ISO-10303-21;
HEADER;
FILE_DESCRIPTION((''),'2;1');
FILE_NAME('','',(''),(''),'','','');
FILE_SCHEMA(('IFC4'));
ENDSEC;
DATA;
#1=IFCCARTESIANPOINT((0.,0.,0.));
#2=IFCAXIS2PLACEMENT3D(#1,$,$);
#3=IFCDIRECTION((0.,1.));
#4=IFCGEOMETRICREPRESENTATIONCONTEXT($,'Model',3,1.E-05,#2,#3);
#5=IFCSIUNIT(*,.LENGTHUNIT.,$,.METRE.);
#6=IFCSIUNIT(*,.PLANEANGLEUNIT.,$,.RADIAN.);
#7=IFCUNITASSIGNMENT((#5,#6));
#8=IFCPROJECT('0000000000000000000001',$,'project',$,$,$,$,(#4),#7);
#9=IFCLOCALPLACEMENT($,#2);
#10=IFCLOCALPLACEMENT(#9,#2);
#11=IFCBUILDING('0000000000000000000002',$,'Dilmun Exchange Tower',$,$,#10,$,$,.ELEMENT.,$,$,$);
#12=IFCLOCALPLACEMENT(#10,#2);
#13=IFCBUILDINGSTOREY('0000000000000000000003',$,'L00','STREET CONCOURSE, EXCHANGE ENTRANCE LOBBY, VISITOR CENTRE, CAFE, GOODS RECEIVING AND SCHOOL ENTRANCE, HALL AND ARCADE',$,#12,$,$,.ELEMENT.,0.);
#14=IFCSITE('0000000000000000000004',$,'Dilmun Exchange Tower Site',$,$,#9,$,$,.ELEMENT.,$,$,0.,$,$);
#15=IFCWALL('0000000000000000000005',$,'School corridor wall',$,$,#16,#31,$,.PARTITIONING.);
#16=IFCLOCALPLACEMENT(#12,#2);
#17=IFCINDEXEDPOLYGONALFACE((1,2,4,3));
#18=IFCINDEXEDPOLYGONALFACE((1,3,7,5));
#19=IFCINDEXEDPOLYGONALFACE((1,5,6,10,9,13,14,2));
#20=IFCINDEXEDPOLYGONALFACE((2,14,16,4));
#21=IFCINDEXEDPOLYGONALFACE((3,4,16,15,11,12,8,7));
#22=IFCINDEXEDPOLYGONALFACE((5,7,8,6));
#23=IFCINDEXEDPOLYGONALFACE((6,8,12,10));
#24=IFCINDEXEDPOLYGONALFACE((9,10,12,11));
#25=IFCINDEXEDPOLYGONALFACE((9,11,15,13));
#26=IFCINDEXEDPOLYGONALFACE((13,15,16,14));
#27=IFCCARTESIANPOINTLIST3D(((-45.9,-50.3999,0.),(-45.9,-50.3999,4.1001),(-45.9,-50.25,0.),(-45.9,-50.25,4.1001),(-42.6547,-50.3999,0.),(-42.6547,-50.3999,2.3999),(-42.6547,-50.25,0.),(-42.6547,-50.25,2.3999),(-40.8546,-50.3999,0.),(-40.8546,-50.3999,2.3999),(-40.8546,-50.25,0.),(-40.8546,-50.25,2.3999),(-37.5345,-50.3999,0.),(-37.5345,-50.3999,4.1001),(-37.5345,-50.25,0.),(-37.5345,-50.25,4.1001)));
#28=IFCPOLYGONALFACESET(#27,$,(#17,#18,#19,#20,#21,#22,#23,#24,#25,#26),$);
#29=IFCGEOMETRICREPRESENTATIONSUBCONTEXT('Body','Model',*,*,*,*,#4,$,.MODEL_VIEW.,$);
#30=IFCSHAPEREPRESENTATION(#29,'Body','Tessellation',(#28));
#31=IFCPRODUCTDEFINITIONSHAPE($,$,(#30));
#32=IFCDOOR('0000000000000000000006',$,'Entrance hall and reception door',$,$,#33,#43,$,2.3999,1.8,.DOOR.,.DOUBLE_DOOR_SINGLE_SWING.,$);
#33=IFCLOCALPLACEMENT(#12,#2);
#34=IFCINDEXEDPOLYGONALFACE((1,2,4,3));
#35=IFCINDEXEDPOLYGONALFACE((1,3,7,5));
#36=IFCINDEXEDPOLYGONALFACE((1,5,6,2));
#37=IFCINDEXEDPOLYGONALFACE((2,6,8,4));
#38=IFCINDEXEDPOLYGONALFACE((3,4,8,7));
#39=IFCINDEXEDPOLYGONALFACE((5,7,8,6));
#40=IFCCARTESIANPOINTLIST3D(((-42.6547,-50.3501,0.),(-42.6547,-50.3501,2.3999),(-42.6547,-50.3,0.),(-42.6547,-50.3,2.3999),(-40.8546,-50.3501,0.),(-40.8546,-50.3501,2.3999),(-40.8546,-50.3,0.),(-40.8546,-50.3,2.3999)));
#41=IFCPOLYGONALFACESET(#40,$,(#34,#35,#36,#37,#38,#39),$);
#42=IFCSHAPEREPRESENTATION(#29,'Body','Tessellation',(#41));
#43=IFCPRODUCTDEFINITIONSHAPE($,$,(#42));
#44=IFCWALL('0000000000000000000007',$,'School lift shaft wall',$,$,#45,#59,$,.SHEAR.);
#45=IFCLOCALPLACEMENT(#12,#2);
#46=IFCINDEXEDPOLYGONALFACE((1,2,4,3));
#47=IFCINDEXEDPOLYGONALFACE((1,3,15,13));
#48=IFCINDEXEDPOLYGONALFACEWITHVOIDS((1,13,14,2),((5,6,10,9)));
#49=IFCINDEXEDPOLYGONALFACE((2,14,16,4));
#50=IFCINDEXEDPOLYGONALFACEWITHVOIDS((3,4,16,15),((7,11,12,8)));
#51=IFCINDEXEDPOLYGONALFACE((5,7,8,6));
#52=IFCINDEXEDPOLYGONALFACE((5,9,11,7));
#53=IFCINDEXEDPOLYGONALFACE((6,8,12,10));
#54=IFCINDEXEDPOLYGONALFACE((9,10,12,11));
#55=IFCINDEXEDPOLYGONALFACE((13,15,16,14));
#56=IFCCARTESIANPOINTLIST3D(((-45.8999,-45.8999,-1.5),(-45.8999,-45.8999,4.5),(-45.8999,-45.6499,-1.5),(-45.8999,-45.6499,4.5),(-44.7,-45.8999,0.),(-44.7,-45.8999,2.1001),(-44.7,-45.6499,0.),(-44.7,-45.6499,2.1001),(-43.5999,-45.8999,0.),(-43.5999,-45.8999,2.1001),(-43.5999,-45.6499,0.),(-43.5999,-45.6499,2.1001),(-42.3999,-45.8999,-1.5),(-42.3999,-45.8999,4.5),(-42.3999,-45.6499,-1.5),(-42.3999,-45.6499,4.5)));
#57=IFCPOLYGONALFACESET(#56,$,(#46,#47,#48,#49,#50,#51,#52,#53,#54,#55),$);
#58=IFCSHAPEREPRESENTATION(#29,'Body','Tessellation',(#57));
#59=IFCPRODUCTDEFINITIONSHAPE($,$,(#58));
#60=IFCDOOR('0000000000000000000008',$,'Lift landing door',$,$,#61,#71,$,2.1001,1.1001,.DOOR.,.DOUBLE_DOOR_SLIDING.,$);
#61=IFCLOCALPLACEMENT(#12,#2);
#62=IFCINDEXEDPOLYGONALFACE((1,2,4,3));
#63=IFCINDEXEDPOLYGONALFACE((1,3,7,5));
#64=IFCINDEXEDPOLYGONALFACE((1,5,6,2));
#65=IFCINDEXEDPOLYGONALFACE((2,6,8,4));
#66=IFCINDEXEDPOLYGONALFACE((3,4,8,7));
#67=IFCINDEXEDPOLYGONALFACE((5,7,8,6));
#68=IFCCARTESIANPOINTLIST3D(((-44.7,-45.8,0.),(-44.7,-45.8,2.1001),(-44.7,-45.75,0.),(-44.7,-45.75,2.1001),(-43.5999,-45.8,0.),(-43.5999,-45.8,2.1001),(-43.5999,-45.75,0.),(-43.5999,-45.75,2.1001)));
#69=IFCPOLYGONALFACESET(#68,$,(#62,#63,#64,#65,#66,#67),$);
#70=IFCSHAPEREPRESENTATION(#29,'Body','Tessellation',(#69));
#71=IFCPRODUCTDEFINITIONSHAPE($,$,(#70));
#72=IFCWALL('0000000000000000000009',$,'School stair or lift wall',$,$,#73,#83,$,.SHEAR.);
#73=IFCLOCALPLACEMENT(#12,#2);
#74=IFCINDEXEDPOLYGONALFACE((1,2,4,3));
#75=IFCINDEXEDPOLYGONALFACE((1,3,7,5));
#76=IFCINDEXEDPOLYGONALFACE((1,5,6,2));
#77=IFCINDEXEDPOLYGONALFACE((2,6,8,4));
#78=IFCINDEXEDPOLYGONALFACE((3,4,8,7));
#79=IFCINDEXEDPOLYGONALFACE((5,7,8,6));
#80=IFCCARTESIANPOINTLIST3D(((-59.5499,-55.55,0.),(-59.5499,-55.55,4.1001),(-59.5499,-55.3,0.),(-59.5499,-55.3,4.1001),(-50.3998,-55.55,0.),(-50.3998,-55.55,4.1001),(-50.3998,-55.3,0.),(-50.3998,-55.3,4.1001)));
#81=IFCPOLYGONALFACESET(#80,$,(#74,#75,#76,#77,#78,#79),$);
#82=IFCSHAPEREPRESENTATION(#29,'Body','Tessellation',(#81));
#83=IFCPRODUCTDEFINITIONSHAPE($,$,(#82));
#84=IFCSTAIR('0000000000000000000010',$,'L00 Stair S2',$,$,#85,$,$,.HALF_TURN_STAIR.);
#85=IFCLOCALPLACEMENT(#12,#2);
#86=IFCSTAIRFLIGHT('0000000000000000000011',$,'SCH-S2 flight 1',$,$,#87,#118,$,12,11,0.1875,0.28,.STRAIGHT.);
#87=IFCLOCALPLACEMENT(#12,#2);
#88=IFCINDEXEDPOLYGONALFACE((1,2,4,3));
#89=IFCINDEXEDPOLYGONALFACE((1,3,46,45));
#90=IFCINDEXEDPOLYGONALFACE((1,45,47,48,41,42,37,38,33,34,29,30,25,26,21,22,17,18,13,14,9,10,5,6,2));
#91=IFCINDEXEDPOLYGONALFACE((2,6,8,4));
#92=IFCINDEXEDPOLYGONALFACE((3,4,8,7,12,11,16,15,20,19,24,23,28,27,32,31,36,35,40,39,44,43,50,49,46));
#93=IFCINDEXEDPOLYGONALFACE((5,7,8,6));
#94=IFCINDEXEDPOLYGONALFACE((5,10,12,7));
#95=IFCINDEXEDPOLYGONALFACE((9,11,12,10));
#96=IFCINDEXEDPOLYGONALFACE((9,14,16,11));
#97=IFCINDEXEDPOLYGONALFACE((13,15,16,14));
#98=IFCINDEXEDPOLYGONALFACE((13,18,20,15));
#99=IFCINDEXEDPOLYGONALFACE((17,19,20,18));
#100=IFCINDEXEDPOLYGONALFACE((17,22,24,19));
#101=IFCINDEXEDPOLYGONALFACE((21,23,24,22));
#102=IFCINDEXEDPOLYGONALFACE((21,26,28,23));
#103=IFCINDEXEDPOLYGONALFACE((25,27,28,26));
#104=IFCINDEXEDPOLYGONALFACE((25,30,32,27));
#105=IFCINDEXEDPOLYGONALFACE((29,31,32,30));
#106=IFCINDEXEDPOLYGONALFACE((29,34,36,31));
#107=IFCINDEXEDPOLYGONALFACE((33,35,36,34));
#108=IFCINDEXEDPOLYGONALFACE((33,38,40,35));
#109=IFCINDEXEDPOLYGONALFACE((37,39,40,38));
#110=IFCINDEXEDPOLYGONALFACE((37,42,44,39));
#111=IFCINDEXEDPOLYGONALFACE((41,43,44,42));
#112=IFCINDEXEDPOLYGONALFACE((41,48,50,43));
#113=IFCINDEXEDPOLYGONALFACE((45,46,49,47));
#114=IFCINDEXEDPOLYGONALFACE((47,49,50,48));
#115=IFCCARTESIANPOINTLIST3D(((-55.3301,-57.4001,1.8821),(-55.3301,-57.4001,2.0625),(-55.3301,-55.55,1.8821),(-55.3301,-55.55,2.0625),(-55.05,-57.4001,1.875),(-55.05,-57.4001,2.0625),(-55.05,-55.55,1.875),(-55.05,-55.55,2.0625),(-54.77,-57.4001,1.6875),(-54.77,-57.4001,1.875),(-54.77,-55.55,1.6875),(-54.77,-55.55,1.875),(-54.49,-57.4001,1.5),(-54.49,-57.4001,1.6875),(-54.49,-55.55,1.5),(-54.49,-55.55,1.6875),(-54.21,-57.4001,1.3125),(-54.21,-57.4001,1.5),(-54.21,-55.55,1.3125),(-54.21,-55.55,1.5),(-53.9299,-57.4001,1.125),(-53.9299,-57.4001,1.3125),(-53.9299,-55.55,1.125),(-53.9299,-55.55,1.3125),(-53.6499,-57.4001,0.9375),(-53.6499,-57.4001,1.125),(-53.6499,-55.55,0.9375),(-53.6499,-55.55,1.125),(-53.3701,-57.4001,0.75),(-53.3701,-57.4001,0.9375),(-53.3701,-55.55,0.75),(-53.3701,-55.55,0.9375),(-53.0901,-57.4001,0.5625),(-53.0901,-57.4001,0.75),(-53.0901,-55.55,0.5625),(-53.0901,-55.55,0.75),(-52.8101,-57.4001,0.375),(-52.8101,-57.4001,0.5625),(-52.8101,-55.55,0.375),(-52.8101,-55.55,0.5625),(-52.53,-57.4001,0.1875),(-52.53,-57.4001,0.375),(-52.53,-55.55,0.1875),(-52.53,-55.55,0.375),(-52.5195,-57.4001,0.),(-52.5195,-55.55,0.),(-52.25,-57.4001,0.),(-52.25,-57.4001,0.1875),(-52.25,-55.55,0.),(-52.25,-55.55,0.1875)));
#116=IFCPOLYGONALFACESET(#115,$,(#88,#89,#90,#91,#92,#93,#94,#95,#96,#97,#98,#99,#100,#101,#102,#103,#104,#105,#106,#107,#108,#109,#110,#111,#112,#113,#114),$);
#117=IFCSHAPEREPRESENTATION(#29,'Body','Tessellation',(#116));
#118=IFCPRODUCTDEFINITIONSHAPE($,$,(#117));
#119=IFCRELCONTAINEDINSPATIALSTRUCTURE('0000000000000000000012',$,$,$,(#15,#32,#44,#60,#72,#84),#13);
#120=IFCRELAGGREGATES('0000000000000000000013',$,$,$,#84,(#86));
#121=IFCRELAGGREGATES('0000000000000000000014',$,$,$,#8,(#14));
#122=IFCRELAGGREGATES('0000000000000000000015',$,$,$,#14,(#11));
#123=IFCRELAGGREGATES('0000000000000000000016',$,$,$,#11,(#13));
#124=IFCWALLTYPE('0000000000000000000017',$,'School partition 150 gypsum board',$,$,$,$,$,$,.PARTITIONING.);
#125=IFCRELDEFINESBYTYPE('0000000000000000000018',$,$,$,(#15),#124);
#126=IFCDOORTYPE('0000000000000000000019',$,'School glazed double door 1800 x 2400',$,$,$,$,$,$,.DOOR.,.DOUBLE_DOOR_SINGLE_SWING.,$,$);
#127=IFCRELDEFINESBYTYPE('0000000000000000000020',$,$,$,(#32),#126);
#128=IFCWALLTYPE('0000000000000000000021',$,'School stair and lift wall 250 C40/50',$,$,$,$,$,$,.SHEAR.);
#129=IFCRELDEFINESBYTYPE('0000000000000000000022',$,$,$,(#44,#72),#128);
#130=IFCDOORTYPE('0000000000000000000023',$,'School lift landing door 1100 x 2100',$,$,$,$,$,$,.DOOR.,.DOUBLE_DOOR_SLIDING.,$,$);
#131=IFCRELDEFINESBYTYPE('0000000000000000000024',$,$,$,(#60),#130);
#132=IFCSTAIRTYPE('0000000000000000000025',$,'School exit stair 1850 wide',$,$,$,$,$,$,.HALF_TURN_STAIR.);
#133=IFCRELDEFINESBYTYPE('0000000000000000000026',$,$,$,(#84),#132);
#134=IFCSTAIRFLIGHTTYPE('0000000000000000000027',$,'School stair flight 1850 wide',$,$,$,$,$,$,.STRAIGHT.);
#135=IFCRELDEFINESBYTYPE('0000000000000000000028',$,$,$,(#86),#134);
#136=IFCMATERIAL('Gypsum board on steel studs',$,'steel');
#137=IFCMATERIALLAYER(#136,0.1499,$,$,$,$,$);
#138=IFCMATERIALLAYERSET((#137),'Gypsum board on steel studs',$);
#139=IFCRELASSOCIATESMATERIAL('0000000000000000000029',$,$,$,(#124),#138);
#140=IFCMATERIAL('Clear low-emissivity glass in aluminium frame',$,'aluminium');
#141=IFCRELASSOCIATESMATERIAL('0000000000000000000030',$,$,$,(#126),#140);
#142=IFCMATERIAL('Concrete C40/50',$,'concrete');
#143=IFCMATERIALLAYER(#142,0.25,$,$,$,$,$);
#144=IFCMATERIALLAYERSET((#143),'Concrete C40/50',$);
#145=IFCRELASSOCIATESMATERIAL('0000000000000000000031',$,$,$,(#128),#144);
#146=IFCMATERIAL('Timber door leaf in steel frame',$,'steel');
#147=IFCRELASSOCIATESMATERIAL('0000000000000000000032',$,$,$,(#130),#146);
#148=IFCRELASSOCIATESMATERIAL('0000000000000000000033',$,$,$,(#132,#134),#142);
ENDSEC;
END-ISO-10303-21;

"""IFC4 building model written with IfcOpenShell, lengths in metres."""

from ifc_helpers import new_model, si_unit, direction, frame, frame_2d, origin, place, context, subcontext, project, spatial, polyline, rectangle, outline, extrude, material, layer, layer_set, type_object, element, fill, aggregate, save


model = new_model("IFC4")

# Units and contexts
model_context = context("Model", 3, precision=1e-05, world=origin(), true_north=direction((0.0, 1.0)))
body_context = subcontext(model_context, "Body", "Model", "MODEL_VIEW")
ifc_project = project(units=[si_unit("LENGTHUNIT", "METRE"), si_unit("PLANEANGLEUNIT", "RADIAN")], contexts=[model_context])

# Site, building, storey
site_placement = place(None, origin())
site = spatial("IfcSite", under=ifc_project, at=site_placement, Name="Dilmun Exchange Tower Site", CompositionType="ELEMENT", RefElevation=0.0)
building_placement = place(site_placement, origin())
building = spatial("IfcBuilding", under=site, at=building_placement, Name="Dilmun Exchange Tower", CompositionType="ELEMENT")
storey_placement = place(building_placement, origin())
storey = spatial("IfcBuildingStorey", under=building, at=storey_placement, Name="L00", Description="STREET CONCOURSE, EXCHANGE ENTRANCE LOBBY, VISITOR CENTRE, CAFE, GOODS RECEIVING AND SCHOOL ENTRANCE, HALL AND ARCADE", CompositionType="ELEMENT", Elevation=0.0)

# Shared definitions
ifc_material_1 = material(Name="Concrete C40/50", Category="concrete")

# Shared definitions
ifc_material_2 = material(Name="Clear low-emissivity glass in aluminium frame", Category="aluminium")

# Shared definitions
ifc_material_3 = material(Name="Gypsum board on steel studs", Category="steel")
ifc_layer_1 = layer(ifc_material_3, 0.1499)
ifc_layer_set_1 = layer_set([ifc_layer_1], Name="Gypsum board on steel studs")
wall_type_1 = type_object("IfcWallType", Name="School partition 150 gypsum board", PredefinedType="PARTITIONING", material=ifc_layer_set_1)

# Walls, openings, doors
ifc_material_4 = material(Name="Timber door leaf in steel frame", Category="steel")
wall_1_placement = place(storey_placement, frame((-45.8999, -50.325, 0.0), z_axis=(0.0, 0.0, 1.0), x_axis=(1.0, 0.0, 0.0)))
wall_1 = element("IfcWall", 1, at=wall_1_placement, inside=storey, type_object=wall_type_1, Name="School corridor wall", PredefinedType="PARTITIONING", context=body_context, shape_type="SweptSolid", body=[
    extrude(rectangle(XDim=8.3655, YDim=0.1499, at=frame_2d((4.1826, 0.0))), origin(), (0.0, 0.0, 1.0), 4.1001),
])
opening_1_placement = place(wall_1_placement, frame((3.2454, 0.0, 0.0)))
opening_1 = element("IfcOpeningElement", 2, at=opening_1_placement, cuts=wall_1, PredefinedType="OPENING", context=body_context, shape_type="SweptSolid", body=[
    extrude(rectangle(XDim=1.8, YDim=2.3999, at=frame_2d((0.8999, 1.2))), frame((0.0, 0.085, 0.0), z_axis=(0.0, -1.0, 0.0), x_axis=(1.0, 0.0, 0.0)), (0.0, 0.0, 1.0), 0.1699),
])
door_type_1 = type_object("IfcDoorType", Name="School glazed double door 1800 x 2400", OperationType="DOUBLE_DOOR_SINGLE_SWING", PredefinedType="DOOR", material=ifc_material_2)
door_1_placement = place(opening_1_placement, origin())
door_1 = element("IfcDoor", 3, at=door_1_placement, inside=storey, type_object=door_type_1, Name="Entrance hall and reception door", OperationType="DOUBLE_DOOR_SINGLE_SWING", OverallHeight=2.3999, OverallWidth=1.8, PredefinedType="DOOR", context=body_context, shape_type="SweptSolid", body=[
    extrude(rectangle(XDim=1.8, YDim=2.3999, at=frame_2d((0.8999, 1.2))), frame((0.0, 0.0249, 0.0), z_axis=(0.0, -1.0, 0.0), x_axis=(1.0, 0.0, 0.0)), (0.0, 0.0, 1.0), 0.05),
])
fill(opening_1, door_1)
ifc_layer_2 = layer(ifc_material_1, 0.25)
ifc_layer_set_2 = layer_set([ifc_layer_2], Name="Concrete C40/50")
wall_type_2 = type_object("IfcWallType", Name="School stair and lift wall 250 C40/50", PredefinedType="SHEAR", material=ifc_layer_set_2)
wall_2_placement = place(storey_placement, frame((-45.8999, -45.7749, -1.5), z_axis=(0.0, 0.0, 1.0), x_axis=(1.0, 0.0, 0.0)))
wall_2 = element("IfcWall", 4, at=wall_2_placement, inside=storey, type_object=wall_type_2, Name="School lift shaft wall", PredefinedType="SHEAR", context=body_context, shape_type="SweptSolid", body=[
    extrude(rectangle(XDim=3.5, YDim=0.25, at=frame_2d((1.75, 0.0))), origin(), (0.0, 0.0, 1.0), 6.0),
])
opening_2_placement = place(wall_2_placement, frame((1.2, 0.0, 1.5)))
opening_2 = element("IfcOpeningElement", 5, at=opening_2_placement, cuts=wall_2, PredefinedType="OPENING", context=body_context, shape_type="SweptSolid", body=[
    extrude(rectangle(XDim=1.1001, YDim=2.1001, at=frame_2d((0.55, 1.05))), frame((0.0, 0.135, 0.0), z_axis=(0.0, -1.0, 0.0), x_axis=(1.0, 0.0, 0.0)), (0.0, 0.0, 1.0), 0.27),
])
door_type_2 = type_object("IfcDoorType", Name="School lift landing door 1100 x 2100", OperationType="DOUBLE_DOOR_SLIDING", PredefinedType="DOOR", material=ifc_material_4)
door_2_placement = place(opening_2_placement, origin())
door_2 = element("IfcDoor", 6, at=door_2_placement, inside=storey, type_object=door_type_2, Name="Lift landing door", OperationType="DOUBLE_DOOR_SLIDING", OverallHeight=2.1001, OverallWidth=1.1001, PredefinedType="DOOR", context=body_context, shape_type="SweptSolid", body=[
    extrude(rectangle(XDim=1.1001, YDim=2.1001, at=frame_2d((0.55, 1.05))), frame((0.0, 0.0249, 0.0), z_axis=(0.0, -1.0, 0.0), x_axis=(1.0, 0.0, 0.0)), (0.0, 0.0, 1.0), 0.05),
])
fill(opening_2, door_2)

# Wall
wall_3_placement = place(storey_placement, frame((-59.55, -55.425, 0.0), z_axis=(0.0, 0.0, 1.0), x_axis=(1.0, 0.0, 0.0)))
element("IfcWall", 7, at=wall_3_placement, inside=storey, type_object=wall_type_2, Name="School stair or lift wall", PredefinedType="SHEAR", context=body_context, shape_type="SweptSolid", body=[
    extrude(rectangle(XDim=9.1501, YDim=0.25, at=frame_2d((4.5752, 0.0))), origin(), (0.0, 0.0, 1.0), 4.1001),
])

# Stair, stair flight
stair_type = type_object("IfcStairType", Name="School exit stair 1850 wide", PredefinedType="HALF_TURN_STAIR", material=ifc_material_1)
stair_placement = place(storey_placement, origin())
stair = element("IfcStair", 8, at=stair_placement, inside=storey, type_object=stair_type, Name="L00 Stair S2", PredefinedType="HALF_TURN_STAIR")
stair_flight_type = type_object("IfcStairFlightType", Name="School stair flight 1850 wide", PredefinedType="STRAIGHT", material=ifc_material_1)
stair_flight_placement = place(storey_placement, frame((-52.25, -56.4751, 0.0), z_axis=(0.0, 0.0, 1.0), x_axis=(-1.0, 0.0, 0.0)))
stair_flight = element("IfcStairFlight", 9, at=stair_flight_placement, type_object=stair_flight_type, Name="SCH-S2 flight 1", NumberOfRisers=12, NumberOfTreads=11, PredefinedType="STRAIGHT", RiserHeight=0.1875, TreadLength=0.28, context=body_context, shape_type="SweptSolid", body=[
    extrude(outline(polyline([(0.0, 0.0), (0.0, 0.1875), (0.28, 0.1875), (0.28, 0.375), (0.5601, 0.375), (0.5601, 0.5625), (0.8401, 0.5625), (0.8401, 0.75), (1.1201, 0.75), (1.1201, 0.9375), (1.3999, 0.9375), (1.3999, 1.125), (1.6799, 1.125), (1.6799, 1.3125), (1.96, 1.3125), (1.96, 1.5), (2.24, 1.5), (2.24, 1.6875), (2.52, 1.6875), (2.52, 1.875), (2.8, 1.875), (2.8, 2.0625), (3.0801, 2.0625), (3.0801, 2.25), (3.0801, 1.8821), (0.2695, 0.0), (0.0, 0.0)])), frame((0.0, 0.925, 0.0), z_axis=(0.0, -1.0, 0.0), x_axis=(1.0, 0.0, 0.0)), (0.0, 0.0, 1.0), 1.8501),
])
aggregate(stair, [stair_flight])

save(model, "model.ifc")
